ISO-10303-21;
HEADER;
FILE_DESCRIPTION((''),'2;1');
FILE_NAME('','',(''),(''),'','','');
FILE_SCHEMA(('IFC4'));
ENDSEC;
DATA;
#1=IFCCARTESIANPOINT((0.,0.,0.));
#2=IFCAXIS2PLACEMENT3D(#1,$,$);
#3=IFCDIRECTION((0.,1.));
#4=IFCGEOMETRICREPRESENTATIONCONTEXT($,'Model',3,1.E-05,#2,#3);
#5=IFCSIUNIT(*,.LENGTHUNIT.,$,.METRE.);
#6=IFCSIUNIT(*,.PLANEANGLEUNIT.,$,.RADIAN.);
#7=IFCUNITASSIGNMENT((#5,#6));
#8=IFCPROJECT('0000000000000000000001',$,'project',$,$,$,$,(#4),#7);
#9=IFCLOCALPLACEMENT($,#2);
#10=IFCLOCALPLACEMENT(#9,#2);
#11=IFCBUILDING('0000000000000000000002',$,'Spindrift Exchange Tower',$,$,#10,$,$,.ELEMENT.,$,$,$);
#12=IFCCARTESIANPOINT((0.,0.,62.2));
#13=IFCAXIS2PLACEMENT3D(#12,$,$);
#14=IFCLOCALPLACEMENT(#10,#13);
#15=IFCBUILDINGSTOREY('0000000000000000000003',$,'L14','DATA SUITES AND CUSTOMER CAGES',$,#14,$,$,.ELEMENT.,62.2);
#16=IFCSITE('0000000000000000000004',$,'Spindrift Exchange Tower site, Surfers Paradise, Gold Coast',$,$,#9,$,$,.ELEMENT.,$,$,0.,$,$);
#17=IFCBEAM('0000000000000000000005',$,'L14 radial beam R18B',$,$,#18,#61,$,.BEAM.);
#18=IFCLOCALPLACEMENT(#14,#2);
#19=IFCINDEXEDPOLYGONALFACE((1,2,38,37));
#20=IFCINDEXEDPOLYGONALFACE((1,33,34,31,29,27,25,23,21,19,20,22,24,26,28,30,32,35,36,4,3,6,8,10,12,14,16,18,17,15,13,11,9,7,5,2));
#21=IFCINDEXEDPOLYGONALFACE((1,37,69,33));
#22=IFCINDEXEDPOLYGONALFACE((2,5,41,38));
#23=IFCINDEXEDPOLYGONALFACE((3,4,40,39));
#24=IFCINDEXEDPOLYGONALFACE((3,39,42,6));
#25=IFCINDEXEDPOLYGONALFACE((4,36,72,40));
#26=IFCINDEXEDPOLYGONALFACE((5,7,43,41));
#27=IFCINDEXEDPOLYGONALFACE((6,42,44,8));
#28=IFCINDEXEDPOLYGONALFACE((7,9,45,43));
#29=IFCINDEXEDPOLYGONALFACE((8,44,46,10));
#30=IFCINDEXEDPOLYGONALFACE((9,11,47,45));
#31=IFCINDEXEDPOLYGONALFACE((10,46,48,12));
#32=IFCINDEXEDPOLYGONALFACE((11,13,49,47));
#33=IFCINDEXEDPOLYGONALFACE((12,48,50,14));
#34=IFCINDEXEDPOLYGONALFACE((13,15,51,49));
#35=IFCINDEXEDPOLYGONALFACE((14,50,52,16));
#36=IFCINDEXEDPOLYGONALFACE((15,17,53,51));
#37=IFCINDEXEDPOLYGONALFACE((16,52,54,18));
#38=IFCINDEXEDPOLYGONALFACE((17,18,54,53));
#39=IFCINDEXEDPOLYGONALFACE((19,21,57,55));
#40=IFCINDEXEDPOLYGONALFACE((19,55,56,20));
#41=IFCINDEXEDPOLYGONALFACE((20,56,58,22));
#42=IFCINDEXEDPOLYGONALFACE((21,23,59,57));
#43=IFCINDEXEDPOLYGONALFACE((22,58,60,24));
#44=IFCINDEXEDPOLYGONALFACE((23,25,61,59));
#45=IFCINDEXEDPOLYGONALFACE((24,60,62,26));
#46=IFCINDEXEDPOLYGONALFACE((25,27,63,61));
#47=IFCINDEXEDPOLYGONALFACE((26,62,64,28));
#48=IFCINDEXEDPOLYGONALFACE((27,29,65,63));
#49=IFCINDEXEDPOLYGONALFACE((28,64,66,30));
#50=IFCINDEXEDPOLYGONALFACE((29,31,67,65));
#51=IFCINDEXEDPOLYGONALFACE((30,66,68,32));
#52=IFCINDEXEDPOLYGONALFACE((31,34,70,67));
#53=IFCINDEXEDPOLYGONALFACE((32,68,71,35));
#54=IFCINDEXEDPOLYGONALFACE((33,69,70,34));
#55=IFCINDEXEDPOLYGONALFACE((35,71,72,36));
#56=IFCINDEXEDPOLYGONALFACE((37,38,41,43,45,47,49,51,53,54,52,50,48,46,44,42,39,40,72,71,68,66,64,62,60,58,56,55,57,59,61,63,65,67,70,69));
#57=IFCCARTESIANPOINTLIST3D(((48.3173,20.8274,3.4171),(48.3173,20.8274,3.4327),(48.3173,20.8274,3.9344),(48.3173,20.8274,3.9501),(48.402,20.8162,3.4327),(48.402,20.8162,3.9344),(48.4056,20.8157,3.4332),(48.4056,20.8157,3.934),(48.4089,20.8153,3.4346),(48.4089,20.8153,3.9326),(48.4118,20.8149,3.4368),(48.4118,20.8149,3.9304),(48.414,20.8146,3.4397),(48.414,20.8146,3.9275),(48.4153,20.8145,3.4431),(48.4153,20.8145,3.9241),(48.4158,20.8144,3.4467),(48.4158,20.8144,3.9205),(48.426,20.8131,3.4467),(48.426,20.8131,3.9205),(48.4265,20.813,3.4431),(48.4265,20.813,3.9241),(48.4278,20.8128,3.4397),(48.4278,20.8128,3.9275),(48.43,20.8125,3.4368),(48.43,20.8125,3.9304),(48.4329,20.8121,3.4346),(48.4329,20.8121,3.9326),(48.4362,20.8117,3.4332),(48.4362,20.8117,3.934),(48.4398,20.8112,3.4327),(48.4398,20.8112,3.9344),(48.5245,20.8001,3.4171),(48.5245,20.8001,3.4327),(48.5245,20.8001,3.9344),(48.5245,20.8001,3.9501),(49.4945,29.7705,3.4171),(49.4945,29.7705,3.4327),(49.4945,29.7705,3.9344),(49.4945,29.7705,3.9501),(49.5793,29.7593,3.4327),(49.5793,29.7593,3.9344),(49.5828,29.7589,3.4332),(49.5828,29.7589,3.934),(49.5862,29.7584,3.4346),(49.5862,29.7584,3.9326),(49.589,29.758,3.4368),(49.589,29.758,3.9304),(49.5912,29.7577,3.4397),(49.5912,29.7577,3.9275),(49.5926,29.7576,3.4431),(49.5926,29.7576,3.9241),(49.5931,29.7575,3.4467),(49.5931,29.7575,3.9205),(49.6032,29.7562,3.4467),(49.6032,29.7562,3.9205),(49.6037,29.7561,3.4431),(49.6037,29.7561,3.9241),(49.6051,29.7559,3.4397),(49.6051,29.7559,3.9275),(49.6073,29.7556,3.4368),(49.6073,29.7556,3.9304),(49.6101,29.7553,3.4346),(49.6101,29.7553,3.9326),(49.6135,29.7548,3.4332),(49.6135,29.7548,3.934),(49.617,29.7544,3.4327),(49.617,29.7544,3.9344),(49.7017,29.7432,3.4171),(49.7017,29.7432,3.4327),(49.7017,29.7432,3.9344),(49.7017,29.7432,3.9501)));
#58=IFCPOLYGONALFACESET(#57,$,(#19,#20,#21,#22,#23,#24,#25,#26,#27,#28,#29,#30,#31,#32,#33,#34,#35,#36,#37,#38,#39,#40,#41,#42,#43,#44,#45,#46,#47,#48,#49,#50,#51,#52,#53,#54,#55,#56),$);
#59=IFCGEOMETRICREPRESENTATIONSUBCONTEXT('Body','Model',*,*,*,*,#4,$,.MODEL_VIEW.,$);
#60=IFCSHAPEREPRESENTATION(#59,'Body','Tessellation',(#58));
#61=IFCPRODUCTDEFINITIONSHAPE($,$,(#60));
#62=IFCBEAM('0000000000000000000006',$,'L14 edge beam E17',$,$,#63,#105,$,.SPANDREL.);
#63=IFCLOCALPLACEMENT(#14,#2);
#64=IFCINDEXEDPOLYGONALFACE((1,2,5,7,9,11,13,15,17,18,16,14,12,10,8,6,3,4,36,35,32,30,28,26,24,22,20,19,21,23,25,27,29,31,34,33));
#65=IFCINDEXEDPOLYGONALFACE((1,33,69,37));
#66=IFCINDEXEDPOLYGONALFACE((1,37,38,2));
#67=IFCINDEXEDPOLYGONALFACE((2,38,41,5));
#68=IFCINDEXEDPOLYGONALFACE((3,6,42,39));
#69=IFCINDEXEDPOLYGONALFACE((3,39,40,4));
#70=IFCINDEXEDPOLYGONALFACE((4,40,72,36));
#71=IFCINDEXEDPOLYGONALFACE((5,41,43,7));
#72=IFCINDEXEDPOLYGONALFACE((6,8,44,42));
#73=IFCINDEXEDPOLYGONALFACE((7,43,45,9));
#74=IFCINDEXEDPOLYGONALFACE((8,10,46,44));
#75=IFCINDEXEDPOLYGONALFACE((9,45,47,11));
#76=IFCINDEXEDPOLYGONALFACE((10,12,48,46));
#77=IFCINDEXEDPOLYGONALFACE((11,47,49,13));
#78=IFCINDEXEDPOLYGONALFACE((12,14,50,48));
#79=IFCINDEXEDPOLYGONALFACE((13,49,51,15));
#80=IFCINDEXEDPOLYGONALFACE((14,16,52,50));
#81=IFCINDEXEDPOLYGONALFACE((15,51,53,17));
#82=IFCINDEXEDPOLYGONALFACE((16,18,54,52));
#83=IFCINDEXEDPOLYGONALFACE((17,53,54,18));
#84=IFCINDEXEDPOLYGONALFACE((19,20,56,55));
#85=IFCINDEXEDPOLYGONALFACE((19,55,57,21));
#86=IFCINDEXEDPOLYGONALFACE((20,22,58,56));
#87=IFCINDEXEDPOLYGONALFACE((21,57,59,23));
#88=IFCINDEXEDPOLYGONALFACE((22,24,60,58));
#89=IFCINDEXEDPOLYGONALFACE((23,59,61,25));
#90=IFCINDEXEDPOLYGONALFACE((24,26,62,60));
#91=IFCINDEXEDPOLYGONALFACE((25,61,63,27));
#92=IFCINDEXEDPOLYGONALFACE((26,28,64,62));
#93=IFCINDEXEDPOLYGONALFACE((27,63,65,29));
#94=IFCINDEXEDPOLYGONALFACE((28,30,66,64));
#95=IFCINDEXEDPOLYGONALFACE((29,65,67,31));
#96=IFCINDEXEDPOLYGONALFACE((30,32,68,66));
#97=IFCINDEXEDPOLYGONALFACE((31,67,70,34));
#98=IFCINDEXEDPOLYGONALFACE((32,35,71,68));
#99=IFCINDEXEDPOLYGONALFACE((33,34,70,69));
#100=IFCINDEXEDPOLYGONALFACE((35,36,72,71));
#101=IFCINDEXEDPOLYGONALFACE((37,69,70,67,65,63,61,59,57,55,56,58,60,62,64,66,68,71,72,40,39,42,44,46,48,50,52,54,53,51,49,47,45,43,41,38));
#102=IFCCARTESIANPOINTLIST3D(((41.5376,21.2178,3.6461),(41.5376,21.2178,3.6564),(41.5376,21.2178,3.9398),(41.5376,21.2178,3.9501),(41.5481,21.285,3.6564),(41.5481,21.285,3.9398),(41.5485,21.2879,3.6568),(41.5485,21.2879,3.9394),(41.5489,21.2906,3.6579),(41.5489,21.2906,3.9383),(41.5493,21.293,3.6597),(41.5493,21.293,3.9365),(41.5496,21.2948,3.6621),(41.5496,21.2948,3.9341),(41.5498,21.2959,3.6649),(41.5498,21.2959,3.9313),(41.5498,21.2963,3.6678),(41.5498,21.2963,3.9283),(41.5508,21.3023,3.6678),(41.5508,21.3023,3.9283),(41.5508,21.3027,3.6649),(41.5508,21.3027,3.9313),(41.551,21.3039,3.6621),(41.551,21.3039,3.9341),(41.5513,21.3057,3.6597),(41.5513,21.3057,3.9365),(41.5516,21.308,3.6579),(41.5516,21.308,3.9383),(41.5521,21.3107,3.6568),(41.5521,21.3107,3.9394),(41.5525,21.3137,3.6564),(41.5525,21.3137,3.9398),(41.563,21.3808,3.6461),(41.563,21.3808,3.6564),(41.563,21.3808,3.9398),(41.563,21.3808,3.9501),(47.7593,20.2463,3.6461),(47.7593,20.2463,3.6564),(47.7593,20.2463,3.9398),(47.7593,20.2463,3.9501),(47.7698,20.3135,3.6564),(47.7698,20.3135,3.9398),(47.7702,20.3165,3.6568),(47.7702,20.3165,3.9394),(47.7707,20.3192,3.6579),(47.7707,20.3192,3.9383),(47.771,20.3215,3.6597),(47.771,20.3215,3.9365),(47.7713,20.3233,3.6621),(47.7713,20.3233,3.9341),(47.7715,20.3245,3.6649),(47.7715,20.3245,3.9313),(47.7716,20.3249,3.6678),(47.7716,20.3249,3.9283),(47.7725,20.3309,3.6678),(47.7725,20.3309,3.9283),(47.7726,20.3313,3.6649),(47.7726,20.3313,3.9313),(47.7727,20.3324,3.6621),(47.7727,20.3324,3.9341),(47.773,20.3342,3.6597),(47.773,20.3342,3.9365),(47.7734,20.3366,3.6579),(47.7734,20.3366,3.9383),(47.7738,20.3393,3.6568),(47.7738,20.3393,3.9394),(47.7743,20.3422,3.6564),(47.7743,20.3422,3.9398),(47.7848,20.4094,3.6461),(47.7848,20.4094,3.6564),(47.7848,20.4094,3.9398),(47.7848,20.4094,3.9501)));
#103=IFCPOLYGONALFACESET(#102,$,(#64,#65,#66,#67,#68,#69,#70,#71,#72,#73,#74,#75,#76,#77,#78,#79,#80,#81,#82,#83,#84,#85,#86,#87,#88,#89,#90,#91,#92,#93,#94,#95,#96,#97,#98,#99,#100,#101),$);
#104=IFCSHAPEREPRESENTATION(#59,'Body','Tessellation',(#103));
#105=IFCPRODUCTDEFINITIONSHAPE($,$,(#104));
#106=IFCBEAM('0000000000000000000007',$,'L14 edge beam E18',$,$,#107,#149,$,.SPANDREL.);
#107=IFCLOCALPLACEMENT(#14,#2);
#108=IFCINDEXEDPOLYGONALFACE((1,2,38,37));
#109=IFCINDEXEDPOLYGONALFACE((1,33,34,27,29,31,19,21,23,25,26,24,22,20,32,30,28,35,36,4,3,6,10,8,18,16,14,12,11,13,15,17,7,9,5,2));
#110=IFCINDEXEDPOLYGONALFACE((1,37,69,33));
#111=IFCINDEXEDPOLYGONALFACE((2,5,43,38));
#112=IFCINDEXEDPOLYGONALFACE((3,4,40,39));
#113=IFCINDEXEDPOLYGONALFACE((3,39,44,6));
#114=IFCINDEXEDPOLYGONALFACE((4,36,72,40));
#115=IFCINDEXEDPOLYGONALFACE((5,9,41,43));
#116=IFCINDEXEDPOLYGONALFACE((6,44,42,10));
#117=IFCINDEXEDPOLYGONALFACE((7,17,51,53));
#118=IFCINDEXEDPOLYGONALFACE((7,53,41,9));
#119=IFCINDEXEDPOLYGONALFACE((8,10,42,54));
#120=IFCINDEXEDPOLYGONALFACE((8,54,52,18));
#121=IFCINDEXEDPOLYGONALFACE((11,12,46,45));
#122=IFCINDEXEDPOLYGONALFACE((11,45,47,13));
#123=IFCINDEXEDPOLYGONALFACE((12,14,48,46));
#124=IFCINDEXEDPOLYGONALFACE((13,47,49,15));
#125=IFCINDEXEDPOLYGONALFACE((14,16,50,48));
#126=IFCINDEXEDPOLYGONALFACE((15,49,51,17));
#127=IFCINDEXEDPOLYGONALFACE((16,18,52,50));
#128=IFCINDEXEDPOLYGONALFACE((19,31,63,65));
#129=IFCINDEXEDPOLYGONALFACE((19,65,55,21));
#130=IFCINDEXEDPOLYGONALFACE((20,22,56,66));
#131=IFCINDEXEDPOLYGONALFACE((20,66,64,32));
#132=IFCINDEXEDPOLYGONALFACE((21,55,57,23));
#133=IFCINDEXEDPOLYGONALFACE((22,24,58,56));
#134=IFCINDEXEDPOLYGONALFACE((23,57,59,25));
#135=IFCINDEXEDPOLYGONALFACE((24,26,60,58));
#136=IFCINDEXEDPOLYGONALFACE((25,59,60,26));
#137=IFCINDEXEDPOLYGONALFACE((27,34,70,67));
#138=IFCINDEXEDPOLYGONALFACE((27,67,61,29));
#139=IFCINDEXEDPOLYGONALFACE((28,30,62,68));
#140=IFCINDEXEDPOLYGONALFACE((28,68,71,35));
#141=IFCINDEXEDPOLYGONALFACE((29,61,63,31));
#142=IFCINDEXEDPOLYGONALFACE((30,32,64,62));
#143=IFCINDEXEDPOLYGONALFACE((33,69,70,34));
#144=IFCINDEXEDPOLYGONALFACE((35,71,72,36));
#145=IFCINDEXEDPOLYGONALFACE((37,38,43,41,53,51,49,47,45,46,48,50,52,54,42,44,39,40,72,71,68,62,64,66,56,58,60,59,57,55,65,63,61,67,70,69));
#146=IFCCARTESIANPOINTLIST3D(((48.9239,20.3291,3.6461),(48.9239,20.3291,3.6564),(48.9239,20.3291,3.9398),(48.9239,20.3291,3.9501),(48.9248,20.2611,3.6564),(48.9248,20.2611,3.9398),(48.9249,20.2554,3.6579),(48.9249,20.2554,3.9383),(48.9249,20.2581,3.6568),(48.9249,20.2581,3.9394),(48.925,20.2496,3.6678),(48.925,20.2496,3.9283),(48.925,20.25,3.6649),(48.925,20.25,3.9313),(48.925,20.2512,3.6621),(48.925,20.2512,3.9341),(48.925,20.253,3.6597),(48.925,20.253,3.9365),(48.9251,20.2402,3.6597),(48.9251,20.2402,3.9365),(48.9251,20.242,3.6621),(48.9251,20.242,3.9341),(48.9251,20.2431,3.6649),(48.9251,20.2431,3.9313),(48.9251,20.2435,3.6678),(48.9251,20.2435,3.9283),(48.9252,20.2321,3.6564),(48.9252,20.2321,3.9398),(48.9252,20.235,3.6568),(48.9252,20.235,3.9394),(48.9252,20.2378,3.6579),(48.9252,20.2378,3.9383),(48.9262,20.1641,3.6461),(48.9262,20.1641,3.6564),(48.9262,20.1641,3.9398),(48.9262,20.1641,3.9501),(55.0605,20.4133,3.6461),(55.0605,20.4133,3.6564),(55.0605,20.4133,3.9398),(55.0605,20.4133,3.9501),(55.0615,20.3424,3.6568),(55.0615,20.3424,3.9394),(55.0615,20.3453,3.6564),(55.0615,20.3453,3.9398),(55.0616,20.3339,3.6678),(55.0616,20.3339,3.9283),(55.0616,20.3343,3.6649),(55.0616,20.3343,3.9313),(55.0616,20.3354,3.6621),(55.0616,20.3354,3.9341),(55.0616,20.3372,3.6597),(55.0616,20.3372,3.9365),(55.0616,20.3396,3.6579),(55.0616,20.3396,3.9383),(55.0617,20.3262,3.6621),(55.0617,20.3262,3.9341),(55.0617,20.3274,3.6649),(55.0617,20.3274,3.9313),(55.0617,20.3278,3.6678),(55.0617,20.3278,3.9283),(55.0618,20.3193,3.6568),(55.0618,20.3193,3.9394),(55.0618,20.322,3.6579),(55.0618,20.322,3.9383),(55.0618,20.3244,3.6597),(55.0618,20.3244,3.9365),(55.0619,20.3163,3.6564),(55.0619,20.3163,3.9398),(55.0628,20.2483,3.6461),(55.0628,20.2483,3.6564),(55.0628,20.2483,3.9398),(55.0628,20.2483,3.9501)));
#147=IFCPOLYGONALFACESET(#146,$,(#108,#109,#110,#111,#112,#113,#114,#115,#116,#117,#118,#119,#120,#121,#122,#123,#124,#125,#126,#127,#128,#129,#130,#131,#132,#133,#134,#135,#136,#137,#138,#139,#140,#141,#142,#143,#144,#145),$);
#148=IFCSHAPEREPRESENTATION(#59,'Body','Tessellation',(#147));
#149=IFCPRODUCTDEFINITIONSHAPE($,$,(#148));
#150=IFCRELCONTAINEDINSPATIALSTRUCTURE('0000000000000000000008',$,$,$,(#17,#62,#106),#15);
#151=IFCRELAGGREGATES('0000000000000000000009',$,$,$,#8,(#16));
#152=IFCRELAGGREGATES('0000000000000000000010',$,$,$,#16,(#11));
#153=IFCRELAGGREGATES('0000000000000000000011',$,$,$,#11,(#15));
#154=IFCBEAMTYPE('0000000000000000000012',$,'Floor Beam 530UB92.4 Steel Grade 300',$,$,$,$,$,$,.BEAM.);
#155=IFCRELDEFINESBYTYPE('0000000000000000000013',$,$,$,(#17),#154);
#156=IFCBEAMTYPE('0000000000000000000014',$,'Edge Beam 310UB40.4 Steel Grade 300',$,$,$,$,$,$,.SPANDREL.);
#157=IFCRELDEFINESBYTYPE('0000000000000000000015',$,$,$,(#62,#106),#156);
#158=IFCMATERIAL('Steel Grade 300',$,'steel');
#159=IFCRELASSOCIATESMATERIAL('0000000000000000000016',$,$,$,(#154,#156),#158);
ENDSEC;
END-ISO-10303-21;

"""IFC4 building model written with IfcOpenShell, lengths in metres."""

from ifc_helpers import new_model, si_unit, direction, frame, origin, origin_2d, place, context, subcontext, project, spatial, i_section, extrude, source, transform, mapped, material, material_profile, profile_set, type_object, element, save


model = new_model("IFC4")

# Units and contexts
model_context = context("Model", 3, precision=1e-05, world=origin(), true_north=direction((0.0, 1.0)))
body_context = subcontext(model_context, "Body", "Model", "MODEL_VIEW")
ifc_project = project(units=[si_unit("LENGTHUNIT", "METRE"), si_unit("PLANEANGLEUNIT", "RADIAN")], contexts=[model_context])

# Site, building, storey
site_placement = place(None, origin())
site = spatial("IfcSite", under=ifc_project, at=site_placement, Name="Spindrift Exchange Tower site, Surfers Paradise, Gold Coast", CompositionType="ELEMENT", RefElevation=0.0)
building_placement = place(site_placement, origin())
building = spatial("IfcBuilding", under=site, at=building_placement, Name="Spindrift Exchange Tower", CompositionType="ELEMENT")
storey_placement = place(building_placement, frame((0.0, 0.0, 62.2)))
storey = spatial("IfcBuildingStorey", under=building, at=storey_placement, Name="L14", Description="DATA SUITES AND CUSTOMER CAGES", CompositionType="ELEMENT", Elevation=62.2)

# Beams
ifc_material_1 = material(Name="Steel Grade 300", Category="steel")
ifc_material_profile_1 = material_profile(ifc_material_1, i_section(OverallWidth=0.209, OverallDepth=0.533, WebThickness=0.0103, FlangeThickness=0.0156, FilletRadius=0.0139, at=origin_2d()), Name="530UB92.4")
ifc_profile_set_1 = profile_set([ifc_material_profile_1], Name="Steel Grade 300")
beam_type_1 = type_object("IfcBeamType", Name="Floor Beam 530UB92.4 Steel Grade 300", PredefinedType="BEAM", material=ifc_profile_set_1)
shared_shape_1 = source(origin(), body_context, "Body", "SweptSolid", [
    extrude(i_section(OverallWidth=0.209, OverallDepth=0.533, WebThickness=0.0103, FlangeThickness=0.0156, FilletRadius=0.0139, at=origin_2d()), origin(), (0.0, 0.0, 1.0), 9.0203),
])
beam_1_placement = place(storey_placement, frame((49.5981, 29.7568, 3.6836), z_axis=(-0.130511, -0.991447, 0.0), x_axis=(0.991447, -0.130511, 0.0)))
element("IfcBeam", 1, at=beam_1_placement, inside=storey, type_object=beam_type_1, Name="L14 radial beam R18B", PredefinedType="BEAM", context=body_context, shape_type="MappedRepresentation", body=[
    mapped(shared_shape_1, transform((0.0, 0.0, 0.0), scale=1.0)),
])
ifc_material_profile_2 = material_profile(ifc_material_1, i_section(OverallWidth=0.165, OverallDepth=0.304, WebThickness=0.0061, FlangeThickness=0.0103, FilletRadius=0.0115, at=origin_2d()), Name="310UB40.4")
ifc_profile_set_2 = profile_set([ifc_material_profile_2], Name="Steel Grade 300")
beam_type_2 = type_object("IfcBeamType", Name="Edge Beam 310UB40.4 Steel Grade 300", PredefinedType="SPANDREL", material=ifc_profile_set_2)
shared_shape_2 = source(origin(), body_context, "Body", "SweptSolid", [
    extrude(i_section(OverallWidth=0.165, OverallDepth=0.304, WebThickness=0.0061, FlangeThickness=0.0103, FilletRadius=0.0115, at=origin_2d()), origin(), (0.0, 0.0, 1.0), 6.2971),
])
beam_2_placement = place(storey_placement, frame((41.5503, 21.2993, 3.7981), z_axis=(0.988029, -0.154268, 0.0), x_axis=(0.154268, 0.988029, 0.0)))
element("IfcBeam", 2, at=beam_2_placement, inside=storey, type_object=beam_type_2, Name="L14 edge beam E17", PredefinedType="SPANDREL", context=body_context, shape_type="MappedRepresentation", body=[
    mapped(shared_shape_2, transform((0.0, 0.0, 0.0), scale=1.0)),
])
shared_shape_3 = source(origin(), body_context, "Body", "SweptSolid", [
    extrude(i_section(OverallWidth=0.165, OverallDepth=0.304, WebThickness=0.0061, FlangeThickness=0.0103, FilletRadius=0.0115, at=origin_2d()), origin(), (0.0, 0.0, 1.0), 6.1372),
])
beam_3_placement = place(storey_placement, frame((48.925, 20.2466, 3.7981), z_axis=(0.999906, 0.013724, 0.0), x_axis=(-0.013724, 0.999906, 0.0)))
element("IfcBeam", 3, at=beam_3_placement, inside=storey, type_object=beam_type_2, Name="L14 edge beam E18", PredefinedType="SPANDREL", context=body_context, shape_type="MappedRepresentation", body=[
    mapped(shared_shape_3, transform((0.0, 0.0, 0.0), scale=1.0)),
])

save(model, "model.ifc")
